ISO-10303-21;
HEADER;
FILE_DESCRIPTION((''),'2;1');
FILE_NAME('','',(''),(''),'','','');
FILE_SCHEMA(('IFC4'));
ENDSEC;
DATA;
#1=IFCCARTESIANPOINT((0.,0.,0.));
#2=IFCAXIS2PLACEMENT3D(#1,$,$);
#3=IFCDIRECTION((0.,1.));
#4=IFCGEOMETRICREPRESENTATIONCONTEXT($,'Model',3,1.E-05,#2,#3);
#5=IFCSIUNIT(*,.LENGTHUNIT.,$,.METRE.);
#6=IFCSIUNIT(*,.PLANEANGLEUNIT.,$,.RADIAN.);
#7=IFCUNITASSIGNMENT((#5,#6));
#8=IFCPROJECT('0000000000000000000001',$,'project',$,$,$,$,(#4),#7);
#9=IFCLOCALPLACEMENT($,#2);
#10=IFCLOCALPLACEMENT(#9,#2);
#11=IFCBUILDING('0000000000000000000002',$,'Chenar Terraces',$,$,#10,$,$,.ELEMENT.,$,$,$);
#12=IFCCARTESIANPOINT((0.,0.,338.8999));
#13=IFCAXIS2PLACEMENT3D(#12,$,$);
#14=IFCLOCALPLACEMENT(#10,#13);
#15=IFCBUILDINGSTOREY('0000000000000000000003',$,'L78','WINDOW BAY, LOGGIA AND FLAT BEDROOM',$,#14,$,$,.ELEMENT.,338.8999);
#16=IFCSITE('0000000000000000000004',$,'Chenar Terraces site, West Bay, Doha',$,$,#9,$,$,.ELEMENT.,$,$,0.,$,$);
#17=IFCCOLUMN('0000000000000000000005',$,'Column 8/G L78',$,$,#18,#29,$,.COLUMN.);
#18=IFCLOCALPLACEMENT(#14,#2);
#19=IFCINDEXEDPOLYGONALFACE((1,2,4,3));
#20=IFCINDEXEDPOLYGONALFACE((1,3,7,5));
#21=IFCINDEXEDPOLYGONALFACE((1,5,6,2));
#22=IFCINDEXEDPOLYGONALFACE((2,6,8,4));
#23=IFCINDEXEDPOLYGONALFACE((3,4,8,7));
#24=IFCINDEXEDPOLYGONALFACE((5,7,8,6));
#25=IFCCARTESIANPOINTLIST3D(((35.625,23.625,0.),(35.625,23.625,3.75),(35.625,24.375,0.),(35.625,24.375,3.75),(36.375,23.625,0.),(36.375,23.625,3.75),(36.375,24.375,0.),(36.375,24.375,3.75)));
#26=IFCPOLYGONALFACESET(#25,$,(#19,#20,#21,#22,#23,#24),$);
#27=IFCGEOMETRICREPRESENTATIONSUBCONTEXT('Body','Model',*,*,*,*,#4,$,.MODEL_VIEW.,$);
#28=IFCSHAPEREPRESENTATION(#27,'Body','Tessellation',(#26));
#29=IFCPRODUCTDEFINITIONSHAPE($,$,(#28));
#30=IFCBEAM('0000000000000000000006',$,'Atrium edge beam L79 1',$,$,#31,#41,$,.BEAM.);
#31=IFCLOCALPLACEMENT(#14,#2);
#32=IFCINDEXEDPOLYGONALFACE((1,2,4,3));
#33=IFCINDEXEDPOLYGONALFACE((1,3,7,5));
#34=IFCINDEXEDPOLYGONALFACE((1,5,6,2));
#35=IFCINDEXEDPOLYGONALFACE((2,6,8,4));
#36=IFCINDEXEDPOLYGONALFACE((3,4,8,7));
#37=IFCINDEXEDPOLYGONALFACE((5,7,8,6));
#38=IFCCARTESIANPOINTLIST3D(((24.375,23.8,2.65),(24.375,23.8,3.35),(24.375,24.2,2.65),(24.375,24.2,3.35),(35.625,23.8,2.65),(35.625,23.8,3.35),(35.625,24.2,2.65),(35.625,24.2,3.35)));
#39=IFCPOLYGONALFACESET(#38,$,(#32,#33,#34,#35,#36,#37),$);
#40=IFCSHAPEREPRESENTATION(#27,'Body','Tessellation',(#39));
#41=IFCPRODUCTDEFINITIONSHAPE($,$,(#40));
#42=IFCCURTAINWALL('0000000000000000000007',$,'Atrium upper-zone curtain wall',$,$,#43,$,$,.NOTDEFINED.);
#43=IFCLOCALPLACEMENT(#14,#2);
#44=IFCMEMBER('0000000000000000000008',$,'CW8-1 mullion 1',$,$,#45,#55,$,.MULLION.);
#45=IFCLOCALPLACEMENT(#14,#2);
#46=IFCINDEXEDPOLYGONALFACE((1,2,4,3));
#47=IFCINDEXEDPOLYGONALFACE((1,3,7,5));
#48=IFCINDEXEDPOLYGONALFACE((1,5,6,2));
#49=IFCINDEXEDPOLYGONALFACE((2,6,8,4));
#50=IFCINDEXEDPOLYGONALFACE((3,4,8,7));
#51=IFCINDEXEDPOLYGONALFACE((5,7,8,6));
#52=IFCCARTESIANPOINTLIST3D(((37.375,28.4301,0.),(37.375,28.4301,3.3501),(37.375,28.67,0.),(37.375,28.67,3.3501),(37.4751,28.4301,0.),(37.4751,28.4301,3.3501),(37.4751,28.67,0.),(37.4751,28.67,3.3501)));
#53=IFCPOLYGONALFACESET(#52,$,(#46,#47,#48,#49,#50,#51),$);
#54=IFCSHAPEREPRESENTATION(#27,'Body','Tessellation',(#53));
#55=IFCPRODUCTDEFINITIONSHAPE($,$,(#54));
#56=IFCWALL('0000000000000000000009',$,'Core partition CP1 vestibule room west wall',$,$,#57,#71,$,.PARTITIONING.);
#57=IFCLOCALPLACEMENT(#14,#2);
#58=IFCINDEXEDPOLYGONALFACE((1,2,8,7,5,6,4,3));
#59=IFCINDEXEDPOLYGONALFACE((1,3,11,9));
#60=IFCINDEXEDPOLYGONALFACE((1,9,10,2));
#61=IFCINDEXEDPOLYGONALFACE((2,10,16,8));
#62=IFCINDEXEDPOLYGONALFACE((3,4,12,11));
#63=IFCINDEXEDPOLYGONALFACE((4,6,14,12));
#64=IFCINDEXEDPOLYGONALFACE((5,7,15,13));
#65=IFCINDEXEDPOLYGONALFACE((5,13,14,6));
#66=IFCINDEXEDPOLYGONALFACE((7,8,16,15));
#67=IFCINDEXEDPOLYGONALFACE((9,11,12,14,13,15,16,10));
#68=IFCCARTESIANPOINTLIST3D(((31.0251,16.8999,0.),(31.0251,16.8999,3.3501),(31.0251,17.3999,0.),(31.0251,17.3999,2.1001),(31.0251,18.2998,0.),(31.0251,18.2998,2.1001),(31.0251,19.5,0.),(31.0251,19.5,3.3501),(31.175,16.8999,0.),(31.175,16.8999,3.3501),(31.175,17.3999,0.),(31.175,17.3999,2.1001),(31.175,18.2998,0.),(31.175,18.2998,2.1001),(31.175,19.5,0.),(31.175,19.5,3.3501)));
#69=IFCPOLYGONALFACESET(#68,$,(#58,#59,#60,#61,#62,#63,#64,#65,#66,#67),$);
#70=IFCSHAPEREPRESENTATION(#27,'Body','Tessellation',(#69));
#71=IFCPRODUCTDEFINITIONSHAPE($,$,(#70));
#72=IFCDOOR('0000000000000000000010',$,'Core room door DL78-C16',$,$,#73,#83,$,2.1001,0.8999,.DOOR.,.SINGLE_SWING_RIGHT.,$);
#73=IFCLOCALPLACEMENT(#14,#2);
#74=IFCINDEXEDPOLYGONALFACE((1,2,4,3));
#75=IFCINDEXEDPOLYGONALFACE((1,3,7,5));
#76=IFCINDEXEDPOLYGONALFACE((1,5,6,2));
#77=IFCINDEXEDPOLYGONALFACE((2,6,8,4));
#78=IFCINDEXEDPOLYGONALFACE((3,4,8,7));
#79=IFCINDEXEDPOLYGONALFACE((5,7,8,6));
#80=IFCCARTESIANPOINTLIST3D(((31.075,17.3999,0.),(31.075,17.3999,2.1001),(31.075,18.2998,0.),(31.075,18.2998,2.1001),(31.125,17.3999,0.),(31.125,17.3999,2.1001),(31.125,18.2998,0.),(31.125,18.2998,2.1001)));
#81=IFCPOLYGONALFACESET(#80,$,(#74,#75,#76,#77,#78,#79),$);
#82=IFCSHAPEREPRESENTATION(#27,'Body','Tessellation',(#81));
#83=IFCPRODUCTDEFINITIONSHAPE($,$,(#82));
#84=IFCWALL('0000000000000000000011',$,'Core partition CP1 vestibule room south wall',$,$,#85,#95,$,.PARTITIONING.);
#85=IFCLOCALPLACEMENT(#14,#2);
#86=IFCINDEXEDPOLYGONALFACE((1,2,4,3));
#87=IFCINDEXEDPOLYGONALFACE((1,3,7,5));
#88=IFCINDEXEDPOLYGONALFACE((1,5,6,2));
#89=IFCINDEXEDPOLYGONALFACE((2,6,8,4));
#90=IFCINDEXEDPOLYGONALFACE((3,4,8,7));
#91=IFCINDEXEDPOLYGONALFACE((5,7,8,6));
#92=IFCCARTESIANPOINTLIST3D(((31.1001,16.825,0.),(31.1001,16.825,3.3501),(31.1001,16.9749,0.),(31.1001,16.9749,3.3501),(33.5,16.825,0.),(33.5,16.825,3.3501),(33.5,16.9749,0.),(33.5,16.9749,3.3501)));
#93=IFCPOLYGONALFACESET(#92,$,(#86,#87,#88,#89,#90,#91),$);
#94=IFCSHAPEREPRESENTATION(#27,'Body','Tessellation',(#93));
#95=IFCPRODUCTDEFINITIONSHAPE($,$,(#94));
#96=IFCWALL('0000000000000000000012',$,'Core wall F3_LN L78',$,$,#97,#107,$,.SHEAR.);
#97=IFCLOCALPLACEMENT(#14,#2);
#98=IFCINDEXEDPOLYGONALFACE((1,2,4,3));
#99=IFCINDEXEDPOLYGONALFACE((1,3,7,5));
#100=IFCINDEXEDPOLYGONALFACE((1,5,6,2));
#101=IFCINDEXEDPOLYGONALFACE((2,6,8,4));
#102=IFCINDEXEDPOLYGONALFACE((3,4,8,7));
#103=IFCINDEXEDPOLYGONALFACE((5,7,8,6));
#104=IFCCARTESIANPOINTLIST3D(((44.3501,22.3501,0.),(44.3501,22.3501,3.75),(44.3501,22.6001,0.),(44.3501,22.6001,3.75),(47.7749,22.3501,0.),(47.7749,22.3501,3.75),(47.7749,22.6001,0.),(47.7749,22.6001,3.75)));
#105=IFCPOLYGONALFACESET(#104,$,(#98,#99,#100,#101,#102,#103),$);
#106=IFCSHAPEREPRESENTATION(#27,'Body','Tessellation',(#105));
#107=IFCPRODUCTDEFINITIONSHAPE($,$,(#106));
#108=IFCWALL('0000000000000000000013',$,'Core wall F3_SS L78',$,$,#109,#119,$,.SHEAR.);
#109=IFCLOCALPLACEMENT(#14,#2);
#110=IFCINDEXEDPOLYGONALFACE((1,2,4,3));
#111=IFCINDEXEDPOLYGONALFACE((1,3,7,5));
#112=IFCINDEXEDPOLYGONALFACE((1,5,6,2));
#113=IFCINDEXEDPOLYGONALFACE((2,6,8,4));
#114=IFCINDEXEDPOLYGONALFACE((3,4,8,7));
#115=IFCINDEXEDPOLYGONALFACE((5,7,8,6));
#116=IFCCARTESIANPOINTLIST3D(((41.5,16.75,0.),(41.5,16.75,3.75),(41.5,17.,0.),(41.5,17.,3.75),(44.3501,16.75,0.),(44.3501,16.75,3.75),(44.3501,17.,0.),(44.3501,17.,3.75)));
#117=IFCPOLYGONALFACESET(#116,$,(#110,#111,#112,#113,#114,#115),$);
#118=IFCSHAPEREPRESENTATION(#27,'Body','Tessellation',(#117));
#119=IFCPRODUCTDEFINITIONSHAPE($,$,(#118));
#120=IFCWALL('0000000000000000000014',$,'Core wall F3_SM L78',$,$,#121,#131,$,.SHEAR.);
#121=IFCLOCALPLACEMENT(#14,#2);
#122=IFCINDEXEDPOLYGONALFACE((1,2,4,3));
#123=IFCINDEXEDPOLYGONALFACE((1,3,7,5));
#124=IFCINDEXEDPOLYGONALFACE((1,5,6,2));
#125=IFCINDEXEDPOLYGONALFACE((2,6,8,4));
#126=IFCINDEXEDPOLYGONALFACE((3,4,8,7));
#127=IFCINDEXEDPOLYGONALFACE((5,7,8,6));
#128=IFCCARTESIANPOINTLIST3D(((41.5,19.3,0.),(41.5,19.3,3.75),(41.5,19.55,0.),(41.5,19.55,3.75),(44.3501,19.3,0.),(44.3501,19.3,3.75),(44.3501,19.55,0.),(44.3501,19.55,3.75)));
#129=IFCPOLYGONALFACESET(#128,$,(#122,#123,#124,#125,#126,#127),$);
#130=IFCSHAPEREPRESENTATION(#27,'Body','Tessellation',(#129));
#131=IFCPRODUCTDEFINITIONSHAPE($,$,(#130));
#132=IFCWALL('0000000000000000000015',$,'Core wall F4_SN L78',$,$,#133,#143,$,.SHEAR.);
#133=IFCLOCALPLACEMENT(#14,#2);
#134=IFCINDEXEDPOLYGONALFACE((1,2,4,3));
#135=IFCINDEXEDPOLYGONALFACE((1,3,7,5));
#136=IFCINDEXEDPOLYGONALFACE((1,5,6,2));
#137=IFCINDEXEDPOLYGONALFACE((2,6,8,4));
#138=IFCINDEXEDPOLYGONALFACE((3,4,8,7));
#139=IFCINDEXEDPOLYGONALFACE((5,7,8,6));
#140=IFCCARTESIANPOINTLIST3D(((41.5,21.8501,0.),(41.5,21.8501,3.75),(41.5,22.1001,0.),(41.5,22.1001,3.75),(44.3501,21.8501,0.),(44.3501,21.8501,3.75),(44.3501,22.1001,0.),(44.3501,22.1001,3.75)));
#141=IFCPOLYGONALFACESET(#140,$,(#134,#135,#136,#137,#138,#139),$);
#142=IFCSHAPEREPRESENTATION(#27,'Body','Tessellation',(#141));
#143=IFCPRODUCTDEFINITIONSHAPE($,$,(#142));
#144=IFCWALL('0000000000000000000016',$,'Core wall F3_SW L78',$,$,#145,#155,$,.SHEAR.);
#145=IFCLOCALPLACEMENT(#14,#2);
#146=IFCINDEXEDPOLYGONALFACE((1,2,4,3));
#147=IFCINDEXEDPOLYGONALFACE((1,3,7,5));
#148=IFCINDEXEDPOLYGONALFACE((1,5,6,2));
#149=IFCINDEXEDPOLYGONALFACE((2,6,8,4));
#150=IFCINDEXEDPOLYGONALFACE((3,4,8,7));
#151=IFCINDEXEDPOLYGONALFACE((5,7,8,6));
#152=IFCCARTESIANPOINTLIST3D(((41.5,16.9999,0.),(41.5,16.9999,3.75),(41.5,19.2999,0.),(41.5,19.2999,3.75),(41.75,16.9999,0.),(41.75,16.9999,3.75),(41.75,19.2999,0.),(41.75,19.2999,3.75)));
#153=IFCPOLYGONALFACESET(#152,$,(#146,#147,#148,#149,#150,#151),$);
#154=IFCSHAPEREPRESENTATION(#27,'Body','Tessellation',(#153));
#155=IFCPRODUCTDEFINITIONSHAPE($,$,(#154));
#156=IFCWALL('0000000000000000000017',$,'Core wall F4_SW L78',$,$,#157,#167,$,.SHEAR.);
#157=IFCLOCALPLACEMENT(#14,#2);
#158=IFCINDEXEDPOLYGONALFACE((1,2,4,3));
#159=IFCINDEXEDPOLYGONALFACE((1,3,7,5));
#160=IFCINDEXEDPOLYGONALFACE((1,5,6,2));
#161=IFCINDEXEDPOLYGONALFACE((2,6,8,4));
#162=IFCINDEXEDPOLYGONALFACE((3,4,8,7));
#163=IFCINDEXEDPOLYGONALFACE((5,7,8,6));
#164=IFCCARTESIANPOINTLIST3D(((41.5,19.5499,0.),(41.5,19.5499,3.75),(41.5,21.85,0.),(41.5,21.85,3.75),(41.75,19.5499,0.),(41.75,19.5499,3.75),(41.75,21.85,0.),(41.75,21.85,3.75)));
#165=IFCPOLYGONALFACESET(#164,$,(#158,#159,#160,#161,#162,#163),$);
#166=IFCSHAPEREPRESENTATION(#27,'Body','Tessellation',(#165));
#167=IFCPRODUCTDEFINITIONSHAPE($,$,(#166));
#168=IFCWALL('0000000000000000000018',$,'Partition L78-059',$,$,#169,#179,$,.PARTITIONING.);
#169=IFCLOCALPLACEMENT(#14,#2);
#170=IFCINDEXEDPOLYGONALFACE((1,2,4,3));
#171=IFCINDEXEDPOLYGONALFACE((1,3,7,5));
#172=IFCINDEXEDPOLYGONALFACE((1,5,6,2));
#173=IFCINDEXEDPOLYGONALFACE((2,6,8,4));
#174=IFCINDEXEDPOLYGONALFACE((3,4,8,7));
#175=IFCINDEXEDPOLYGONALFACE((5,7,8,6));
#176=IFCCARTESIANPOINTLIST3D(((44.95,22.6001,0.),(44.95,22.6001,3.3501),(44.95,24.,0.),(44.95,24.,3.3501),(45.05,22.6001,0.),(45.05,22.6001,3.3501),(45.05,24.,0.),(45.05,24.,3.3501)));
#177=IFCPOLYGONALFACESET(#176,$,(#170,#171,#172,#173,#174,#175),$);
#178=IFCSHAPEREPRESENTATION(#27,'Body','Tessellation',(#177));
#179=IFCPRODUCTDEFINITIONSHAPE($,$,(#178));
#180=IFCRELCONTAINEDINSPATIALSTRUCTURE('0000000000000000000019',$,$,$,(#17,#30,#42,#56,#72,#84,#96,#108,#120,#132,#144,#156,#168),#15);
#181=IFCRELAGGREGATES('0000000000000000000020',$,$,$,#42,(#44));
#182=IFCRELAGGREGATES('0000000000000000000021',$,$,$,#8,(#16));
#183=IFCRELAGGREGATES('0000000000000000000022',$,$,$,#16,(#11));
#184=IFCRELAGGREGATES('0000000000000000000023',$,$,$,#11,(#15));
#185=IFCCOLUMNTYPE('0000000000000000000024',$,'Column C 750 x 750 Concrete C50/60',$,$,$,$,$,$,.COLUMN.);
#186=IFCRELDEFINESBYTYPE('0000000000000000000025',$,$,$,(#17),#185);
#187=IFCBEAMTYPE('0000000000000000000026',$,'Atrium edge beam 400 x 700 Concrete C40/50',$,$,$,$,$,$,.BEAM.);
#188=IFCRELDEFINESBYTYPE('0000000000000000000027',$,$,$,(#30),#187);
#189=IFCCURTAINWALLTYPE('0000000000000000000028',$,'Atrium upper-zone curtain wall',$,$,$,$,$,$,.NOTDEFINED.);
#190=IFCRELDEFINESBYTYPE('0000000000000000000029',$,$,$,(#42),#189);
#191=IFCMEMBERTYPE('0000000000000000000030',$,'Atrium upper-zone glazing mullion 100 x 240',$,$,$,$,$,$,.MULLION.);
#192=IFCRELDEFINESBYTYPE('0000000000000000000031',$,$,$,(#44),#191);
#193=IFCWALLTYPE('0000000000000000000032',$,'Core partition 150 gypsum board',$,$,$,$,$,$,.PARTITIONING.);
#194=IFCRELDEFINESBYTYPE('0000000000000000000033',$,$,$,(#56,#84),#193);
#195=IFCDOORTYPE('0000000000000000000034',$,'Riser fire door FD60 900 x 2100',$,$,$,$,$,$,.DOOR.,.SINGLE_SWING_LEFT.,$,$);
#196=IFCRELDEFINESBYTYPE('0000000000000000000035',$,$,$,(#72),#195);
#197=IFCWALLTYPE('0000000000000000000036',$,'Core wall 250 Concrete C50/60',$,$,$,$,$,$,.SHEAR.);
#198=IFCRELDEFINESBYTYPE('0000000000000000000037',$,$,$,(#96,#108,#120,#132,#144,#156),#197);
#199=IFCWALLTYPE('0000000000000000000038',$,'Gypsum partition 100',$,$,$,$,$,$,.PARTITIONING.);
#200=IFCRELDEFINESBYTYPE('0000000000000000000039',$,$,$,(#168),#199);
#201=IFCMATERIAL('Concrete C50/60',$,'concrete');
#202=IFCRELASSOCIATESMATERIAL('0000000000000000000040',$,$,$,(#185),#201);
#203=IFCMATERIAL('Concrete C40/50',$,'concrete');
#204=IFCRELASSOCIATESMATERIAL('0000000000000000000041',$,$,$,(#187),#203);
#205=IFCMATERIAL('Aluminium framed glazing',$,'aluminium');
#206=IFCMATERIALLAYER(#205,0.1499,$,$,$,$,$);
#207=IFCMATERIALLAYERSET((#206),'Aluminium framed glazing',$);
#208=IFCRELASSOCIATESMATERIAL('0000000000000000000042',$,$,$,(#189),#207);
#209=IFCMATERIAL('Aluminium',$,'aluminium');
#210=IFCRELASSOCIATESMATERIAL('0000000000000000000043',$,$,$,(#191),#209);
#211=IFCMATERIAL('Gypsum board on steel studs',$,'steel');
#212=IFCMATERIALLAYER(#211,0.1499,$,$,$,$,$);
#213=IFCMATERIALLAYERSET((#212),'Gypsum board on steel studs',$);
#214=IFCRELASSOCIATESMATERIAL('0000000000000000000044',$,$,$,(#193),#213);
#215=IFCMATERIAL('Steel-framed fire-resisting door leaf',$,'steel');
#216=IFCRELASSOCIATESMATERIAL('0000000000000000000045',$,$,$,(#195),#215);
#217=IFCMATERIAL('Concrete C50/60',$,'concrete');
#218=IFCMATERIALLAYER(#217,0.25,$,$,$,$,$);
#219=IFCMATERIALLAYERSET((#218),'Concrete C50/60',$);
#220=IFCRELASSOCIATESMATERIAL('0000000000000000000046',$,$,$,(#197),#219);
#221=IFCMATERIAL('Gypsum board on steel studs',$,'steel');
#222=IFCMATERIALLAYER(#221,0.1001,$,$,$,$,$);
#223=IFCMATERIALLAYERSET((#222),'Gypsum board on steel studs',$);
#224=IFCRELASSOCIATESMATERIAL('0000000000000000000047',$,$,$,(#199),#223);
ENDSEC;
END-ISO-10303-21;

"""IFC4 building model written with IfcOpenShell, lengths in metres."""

from ifc_helpers import new_model, si_unit, direction, frame, frame_2d, origin, origin_2d, place, context, subcontext, project, spatial, rectangle, extrude, material, layer, layer_set, material_profile, profile_set, type_object, element, fill, aggregate, save


model = new_model("IFC4")

# Units and contexts
model_context = context("Model", 3, precision=1e-05, world=origin(), true_north=direction((0.0, 1.0)))
body_context = subcontext(model_context, "Body", "Model", "MODEL_VIEW")
ifc_project = project(units=[si_unit("LENGTHUNIT", "METRE"), si_unit("PLANEANGLEUNIT", "RADIAN")], contexts=[model_context])

# Site, building, storey
site_placement = place(None, origin())
site = spatial("IfcSite", under=ifc_project, at=site_placement, Name="Chenar Terraces site, West Bay, Doha", CompositionType="ELEMENT", RefElevation=0.0)
building_placement = place(site_placement, origin())
building = spatial("IfcBuilding", under=site, at=building_placement, Name="Chenar Terraces", CompositionType="ELEMENT")
storey_placement = place(building_placement, frame((0.0, 0.0, 338.8999)))
storey = spatial("IfcBuildingStorey", under=building, at=storey_placement, Name="L78", Description="WINDOW BAY, LOGGIA AND FLAT BEDROOM", CompositionType="ELEMENT", Elevation=338.8999)

# Column
ifc_material_1 = material(Name="Concrete C50/60", Category="concrete")
ifc_material_profile_1 = material_profile(ifc_material_1, rectangle(XDim=0.75, YDim=0.75, at=origin_2d()), Name="C 750 x 750")
ifc_profile_set_1 = profile_set([ifc_material_profile_1], Name="Concrete C50/60")
column_type = type_object("IfcColumnType", Name="Column C 750 x 750 Concrete C50/60", PredefinedType="COLUMN", material=ifc_profile_set_1)
column_placement = place(storey_placement, frame((36.0, 24.0, 0.0), z_axis=(0.0, 0.0, 1.0), x_axis=(1.0, 0.0, 0.0)))
element("IfcColumn", 1, at=column_placement, inside=storey, type_object=column_type, Name="Column 8/G L78", PredefinedType="COLUMN", context=body_context, shape_type="SweptSolid", body=[
    extrude(rectangle(XDim=0.75, YDim=0.75, at=origin_2d()), origin(), (0.0, 0.0, 1.0), 3.75),
])

# Beam
ifc_material_2 = material(Name="Concrete C40/50", Category="concrete")
ifc_material_profile_2 = material_profile(ifc_material_2, rectangle(XDim=0.3999, YDim=0.7, at=origin_2d()), Name="RC 400 x 700")
ifc_profile_set_2 = profile_set([ifc_material_profile_2], Name="Concrete C40/50")
beam_type = type_object("IfcBeamType", Name="Atrium edge beam 400 x 700 Concrete C40/50", PredefinedType="BEAM", material=ifc_profile_set_2)
beam_placement = place(storey_placement, frame((24.375, 24.0, 3.0), z_axis=(1.0, 0.0, 0.0), x_axis=(0.0, 1.0, 0.0)))
element("IfcBeam", 2, at=beam_placement, inside=storey, type_object=beam_type, Name="Atrium edge beam L79 1", PredefinedType="BEAM", context=body_context, shape_type="SweptSolid", body=[
    extrude(rectangle(XDim=0.3999, YDim=0.7, at=origin_2d()), origin(), (0.0, 0.0, 1.0), 11.25),
])

# Curtain wall, member
ifc_material_3 = material(Name="Aluminium framed glazing", Category="aluminium")
ifc_layer_1 = layer(ifc_material_3, 0.1499)
ifc_layer_set_1 = layer_set([ifc_layer_1], Name="Aluminium framed glazing")
curtain_wall_type = type_object("IfcCurtainWallType", Name="Atrium upper-zone curtain wall", PredefinedType="NOTDEFINED", material=ifc_layer_set_1)
curtain_wall_placement = place(storey_placement, origin())
curtain_wall = element("IfcCurtainWall", 3, at=curtain_wall_placement, inside=storey, type_object=curtain_wall_type, Name="Atrium upper-zone curtain wall", PredefinedType="NOTDEFINED")
ifc_material_4 = material(Name="Aluminium", Category="aluminium")
ifc_material_profile_3 = material_profile(ifc_material_4, rectangle(XDim=0.1001, YDim=0.24, at=origin_2d()), Name="Atrium upper-zone glazing mullion 100 x 240")
ifc_profile_set_3 = profile_set([ifc_material_profile_3], Name="Aluminium")
member_type = type_object("IfcMemberType", Name="Atrium upper-zone glazing mullion 100 x 240", PredefinedType="MULLION", material=ifc_profile_set_3)
member_placement = place(storey_placement, frame((37.425, 28.55, 0.0), z_axis=(0.0, 0.0, 1.0), x_axis=(-1.0, 0.0, 0.0)))
member = element("IfcMember", 4, at=member_placement, type_object=member_type, Name="CW8-1 mullion 1", PredefinedType="MULLION", context=body_context, shape_type="SweptSolid", body=[
    extrude(rectangle(XDim=0.1001, YDim=0.24, at=origin_2d()), origin(), (0.0, 0.0, 1.0), 3.3501),
])
aggregate(curtain_wall, [member])

# Wall, opening, door
ifc_material_5 = material(Name="Gypsum board on steel studs", Category="steel")
ifc_layer_2 = layer(ifc_material_5, 0.1499)
ifc_layer_set_2 = layer_set([ifc_layer_2], Name="Gypsum board on steel studs")
wall_type_1 = type_object("IfcWallType", Name="Core partition 150 gypsum board", PredefinedType="PARTITIONING", material=ifc_layer_set_2)
wall_1_placement = place(storey_placement, frame((31.1001, 16.8999, 0.0), z_axis=(0.0, 0.0, 1.0), x_axis=(0.0, 1.0, 0.0)))
wall_1 = element("IfcWall", 5, at=wall_1_placement, inside=storey, type_object=wall_type_1, Name="Core partition CP1 vestibule room west wall", PredefinedType="PARTITIONING", context=body_context, shape_type="SweptSolid", body=[
    extrude(rectangle(XDim=2.6001, YDim=0.1499, at=frame_2d((1.3, 0.0))), origin(), (0.0, 0.0, 1.0), 3.3501),
])
opening_1_placement = place(wall_1_placement, frame((0.5, 0.0, 0.0)))
opening_1 = element("IfcOpeningElement", 6, at=opening_1_placement, cuts=wall_1, PredefinedType="OPENING", context=body_context, shape_type="SweptSolid", body=[
    extrude(rectangle(XDim=0.8999, YDim=2.1001, at=frame_2d((0.45, 1.05))), frame((0.0, 0.085, 0.0), z_axis=(0.0, -1.0, 0.0), x_axis=(1.0, 0.0, 0.0)), (0.0, 0.0, 1.0), 0.1699),
])
ifc_material_6 = material(Name="Steel-framed fire-resisting door leaf", Category="steel")
door_type = type_object("IfcDoorType", Name="Riser fire door FD60 900 x 2100", OperationType="SINGLE_SWING_LEFT", PredefinedType="DOOR", material=ifc_material_6)
door_placement = place(opening_1_placement, frame((0.8999, 0.0, 0.0), z_axis=(0.0, 0.0, 1.0), x_axis=(-1.0, 0.0, 0.0)))
door = element("IfcDoor", 7, at=door_placement, inside=storey, type_object=door_type, Name="Core room door DL78-C16", OperationType="SINGLE_SWING_RIGHT", OverallHeight=2.1001, OverallWidth=0.8999, PredefinedType="DOOR", context=body_context, shape_type="SweptSolid", body=[
    extrude(rectangle(XDim=0.8999, YDim=2.1001, at=frame_2d((0.45, 1.05))), frame((0.0, 0.0249, 0.0), z_axis=(0.0, -1.0, 0.0), x_axis=(1.0, 0.0, 0.0)), (0.0, 0.0, 1.0), 0.05),
])
fill(opening_1, door)

# Walls
wall_2_placement = place(storey_placement, frame((31.1001, 16.8999, 0.0), z_axis=(0.0, 0.0, 1.0), x_axis=(1.0, 0.0, 0.0)))
element("IfcWall", 8, at=wall_2_placement, inside=storey, type_object=wall_type_1, Name="Core partition CP1 vestibule room south wall", PredefinedType="PARTITIONING", context=body_context, shape_type="SweptSolid", body=[
    extrude(rectangle(XDim=2.3999, YDim=0.1499, at=frame_2d((1.2, 0.0))), origin(), (0.0, 0.0, 1.0), 3.3501),
])
ifc_material_7 = material(Name="Concrete C50/60", Category="concrete")
ifc_layer_3 = layer(ifc_material_7, 0.25)
ifc_layer_set_3 = layer_set([ifc_layer_3], Name="Concrete C50/60")
wall_type_2 = type_object("IfcWallType", Name="Core wall 250 Concrete C50/60", PredefinedType="SHEAR", material=ifc_layer_set_3)
wall_3_placement = place(storey_placement, frame((44.3501, 22.4751, 0.0), z_axis=(0.0, 0.0, 1.0), x_axis=(1.0, 0.0, 0.0)))
element("IfcWall", 9, at=wall_3_placement, inside=storey, type_object=wall_type_2, Name="Core wall F3_LN L78", PredefinedType="SHEAR", context=body_context, shape_type="SweptSolid", body=[
    extrude(rectangle(XDim=3.4248, YDim=0.25, at=frame_2d((1.7124, 0.0))), origin(), (0.0, 0.0, 1.0), 3.75),
])
for number, where, z_axis, x_axis, name in (
    (10, (41.5, 16.875, 0.0), (0.0, 0.0, 1.0), (1.0, 0.0, 0.0), "Core wall F3_SS L78"),
    (11, (41.5, 19.425, 0.0), (0.0, 0.0, 1.0), (1.0, 0.0, 0.0), "Core wall F3_SM L78"),
    (12, (41.5, 21.9751, 0.0), (0.0, 0.0, 1.0), (1.0, 0.0, 0.0), "Core wall F4_SN L78"),
):
    element("IfcWall", number, at=place(storey_placement, frame(where, z_axis=z_axis, x_axis=x_axis)), inside=storey, type_object=wall_type_2, Name=name, PredefinedType="SHEAR", context=body_context, shape_type="SweptSolid", body=[
        extrude(rectangle(XDim=2.8501, YDim=0.25, at=frame_2d((1.425, 0.0))), origin(), (0.0, 0.0, 1.0), 3.75),
    ])
for number, where, z_axis, x_axis, name in (
    (13, (41.625, 17.0, 0.0), (0.0, 0.0, 1.0), (0.0, 1.0, 0.0), "Core wall F3_SW L78"),
    (14, (41.625, 19.55, 0.0), (0.0, 0.0, 1.0), (0.0, 1.0, 0.0), "Core wall F4_SW L78"),
):
    element("IfcWall", number, at=place(storey_placement, frame(where, z_axis=z_axis, x_axis=x_axis)), inside=storey, type_object=wall_type_2, Name=name, PredefinedType="SHEAR", context=body_context, shape_type="SweptSolid", body=[
        extrude(rectangle(XDim=2.3, YDim=0.25, at=frame_2d((1.1499, 0.0))), origin(), (0.0, 0.0, 1.0), 3.75),
    ])
ifc_material_8 = material(Name="Gypsum board on steel studs", Category="steel")
ifc_layer_4 = layer(ifc_material_8, 0.1001)
ifc_layer_set_4 = layer_set([ifc_layer_4], Name="Gypsum board on steel studs")
wall_type_3 = type_object("IfcWallType", Name="Gypsum partition 100", PredefinedType="PARTITIONING", material=ifc_layer_set_4)
wall_4_placement = place(storey_placement, frame((45.0, 22.6001, 0.0), z_axis=(0.0, 0.0, 1.0), x_axis=(0.0, 1.0, 0.0)))
element("IfcWall", 15, at=wall_4_placement, inside=storey, type_object=wall_type_3, Name="Partition L78-059", PredefinedType="PARTITIONING", context=body_context, shape_type="SweptSolid", body=[
    extrude(rectangle(XDim=1.3999, YDim=0.1001, at=frame_2d((0.7, 0.0))), origin(), (0.0, 0.0, 1.0), 3.3501),
])

save(model, "model.ifc")
